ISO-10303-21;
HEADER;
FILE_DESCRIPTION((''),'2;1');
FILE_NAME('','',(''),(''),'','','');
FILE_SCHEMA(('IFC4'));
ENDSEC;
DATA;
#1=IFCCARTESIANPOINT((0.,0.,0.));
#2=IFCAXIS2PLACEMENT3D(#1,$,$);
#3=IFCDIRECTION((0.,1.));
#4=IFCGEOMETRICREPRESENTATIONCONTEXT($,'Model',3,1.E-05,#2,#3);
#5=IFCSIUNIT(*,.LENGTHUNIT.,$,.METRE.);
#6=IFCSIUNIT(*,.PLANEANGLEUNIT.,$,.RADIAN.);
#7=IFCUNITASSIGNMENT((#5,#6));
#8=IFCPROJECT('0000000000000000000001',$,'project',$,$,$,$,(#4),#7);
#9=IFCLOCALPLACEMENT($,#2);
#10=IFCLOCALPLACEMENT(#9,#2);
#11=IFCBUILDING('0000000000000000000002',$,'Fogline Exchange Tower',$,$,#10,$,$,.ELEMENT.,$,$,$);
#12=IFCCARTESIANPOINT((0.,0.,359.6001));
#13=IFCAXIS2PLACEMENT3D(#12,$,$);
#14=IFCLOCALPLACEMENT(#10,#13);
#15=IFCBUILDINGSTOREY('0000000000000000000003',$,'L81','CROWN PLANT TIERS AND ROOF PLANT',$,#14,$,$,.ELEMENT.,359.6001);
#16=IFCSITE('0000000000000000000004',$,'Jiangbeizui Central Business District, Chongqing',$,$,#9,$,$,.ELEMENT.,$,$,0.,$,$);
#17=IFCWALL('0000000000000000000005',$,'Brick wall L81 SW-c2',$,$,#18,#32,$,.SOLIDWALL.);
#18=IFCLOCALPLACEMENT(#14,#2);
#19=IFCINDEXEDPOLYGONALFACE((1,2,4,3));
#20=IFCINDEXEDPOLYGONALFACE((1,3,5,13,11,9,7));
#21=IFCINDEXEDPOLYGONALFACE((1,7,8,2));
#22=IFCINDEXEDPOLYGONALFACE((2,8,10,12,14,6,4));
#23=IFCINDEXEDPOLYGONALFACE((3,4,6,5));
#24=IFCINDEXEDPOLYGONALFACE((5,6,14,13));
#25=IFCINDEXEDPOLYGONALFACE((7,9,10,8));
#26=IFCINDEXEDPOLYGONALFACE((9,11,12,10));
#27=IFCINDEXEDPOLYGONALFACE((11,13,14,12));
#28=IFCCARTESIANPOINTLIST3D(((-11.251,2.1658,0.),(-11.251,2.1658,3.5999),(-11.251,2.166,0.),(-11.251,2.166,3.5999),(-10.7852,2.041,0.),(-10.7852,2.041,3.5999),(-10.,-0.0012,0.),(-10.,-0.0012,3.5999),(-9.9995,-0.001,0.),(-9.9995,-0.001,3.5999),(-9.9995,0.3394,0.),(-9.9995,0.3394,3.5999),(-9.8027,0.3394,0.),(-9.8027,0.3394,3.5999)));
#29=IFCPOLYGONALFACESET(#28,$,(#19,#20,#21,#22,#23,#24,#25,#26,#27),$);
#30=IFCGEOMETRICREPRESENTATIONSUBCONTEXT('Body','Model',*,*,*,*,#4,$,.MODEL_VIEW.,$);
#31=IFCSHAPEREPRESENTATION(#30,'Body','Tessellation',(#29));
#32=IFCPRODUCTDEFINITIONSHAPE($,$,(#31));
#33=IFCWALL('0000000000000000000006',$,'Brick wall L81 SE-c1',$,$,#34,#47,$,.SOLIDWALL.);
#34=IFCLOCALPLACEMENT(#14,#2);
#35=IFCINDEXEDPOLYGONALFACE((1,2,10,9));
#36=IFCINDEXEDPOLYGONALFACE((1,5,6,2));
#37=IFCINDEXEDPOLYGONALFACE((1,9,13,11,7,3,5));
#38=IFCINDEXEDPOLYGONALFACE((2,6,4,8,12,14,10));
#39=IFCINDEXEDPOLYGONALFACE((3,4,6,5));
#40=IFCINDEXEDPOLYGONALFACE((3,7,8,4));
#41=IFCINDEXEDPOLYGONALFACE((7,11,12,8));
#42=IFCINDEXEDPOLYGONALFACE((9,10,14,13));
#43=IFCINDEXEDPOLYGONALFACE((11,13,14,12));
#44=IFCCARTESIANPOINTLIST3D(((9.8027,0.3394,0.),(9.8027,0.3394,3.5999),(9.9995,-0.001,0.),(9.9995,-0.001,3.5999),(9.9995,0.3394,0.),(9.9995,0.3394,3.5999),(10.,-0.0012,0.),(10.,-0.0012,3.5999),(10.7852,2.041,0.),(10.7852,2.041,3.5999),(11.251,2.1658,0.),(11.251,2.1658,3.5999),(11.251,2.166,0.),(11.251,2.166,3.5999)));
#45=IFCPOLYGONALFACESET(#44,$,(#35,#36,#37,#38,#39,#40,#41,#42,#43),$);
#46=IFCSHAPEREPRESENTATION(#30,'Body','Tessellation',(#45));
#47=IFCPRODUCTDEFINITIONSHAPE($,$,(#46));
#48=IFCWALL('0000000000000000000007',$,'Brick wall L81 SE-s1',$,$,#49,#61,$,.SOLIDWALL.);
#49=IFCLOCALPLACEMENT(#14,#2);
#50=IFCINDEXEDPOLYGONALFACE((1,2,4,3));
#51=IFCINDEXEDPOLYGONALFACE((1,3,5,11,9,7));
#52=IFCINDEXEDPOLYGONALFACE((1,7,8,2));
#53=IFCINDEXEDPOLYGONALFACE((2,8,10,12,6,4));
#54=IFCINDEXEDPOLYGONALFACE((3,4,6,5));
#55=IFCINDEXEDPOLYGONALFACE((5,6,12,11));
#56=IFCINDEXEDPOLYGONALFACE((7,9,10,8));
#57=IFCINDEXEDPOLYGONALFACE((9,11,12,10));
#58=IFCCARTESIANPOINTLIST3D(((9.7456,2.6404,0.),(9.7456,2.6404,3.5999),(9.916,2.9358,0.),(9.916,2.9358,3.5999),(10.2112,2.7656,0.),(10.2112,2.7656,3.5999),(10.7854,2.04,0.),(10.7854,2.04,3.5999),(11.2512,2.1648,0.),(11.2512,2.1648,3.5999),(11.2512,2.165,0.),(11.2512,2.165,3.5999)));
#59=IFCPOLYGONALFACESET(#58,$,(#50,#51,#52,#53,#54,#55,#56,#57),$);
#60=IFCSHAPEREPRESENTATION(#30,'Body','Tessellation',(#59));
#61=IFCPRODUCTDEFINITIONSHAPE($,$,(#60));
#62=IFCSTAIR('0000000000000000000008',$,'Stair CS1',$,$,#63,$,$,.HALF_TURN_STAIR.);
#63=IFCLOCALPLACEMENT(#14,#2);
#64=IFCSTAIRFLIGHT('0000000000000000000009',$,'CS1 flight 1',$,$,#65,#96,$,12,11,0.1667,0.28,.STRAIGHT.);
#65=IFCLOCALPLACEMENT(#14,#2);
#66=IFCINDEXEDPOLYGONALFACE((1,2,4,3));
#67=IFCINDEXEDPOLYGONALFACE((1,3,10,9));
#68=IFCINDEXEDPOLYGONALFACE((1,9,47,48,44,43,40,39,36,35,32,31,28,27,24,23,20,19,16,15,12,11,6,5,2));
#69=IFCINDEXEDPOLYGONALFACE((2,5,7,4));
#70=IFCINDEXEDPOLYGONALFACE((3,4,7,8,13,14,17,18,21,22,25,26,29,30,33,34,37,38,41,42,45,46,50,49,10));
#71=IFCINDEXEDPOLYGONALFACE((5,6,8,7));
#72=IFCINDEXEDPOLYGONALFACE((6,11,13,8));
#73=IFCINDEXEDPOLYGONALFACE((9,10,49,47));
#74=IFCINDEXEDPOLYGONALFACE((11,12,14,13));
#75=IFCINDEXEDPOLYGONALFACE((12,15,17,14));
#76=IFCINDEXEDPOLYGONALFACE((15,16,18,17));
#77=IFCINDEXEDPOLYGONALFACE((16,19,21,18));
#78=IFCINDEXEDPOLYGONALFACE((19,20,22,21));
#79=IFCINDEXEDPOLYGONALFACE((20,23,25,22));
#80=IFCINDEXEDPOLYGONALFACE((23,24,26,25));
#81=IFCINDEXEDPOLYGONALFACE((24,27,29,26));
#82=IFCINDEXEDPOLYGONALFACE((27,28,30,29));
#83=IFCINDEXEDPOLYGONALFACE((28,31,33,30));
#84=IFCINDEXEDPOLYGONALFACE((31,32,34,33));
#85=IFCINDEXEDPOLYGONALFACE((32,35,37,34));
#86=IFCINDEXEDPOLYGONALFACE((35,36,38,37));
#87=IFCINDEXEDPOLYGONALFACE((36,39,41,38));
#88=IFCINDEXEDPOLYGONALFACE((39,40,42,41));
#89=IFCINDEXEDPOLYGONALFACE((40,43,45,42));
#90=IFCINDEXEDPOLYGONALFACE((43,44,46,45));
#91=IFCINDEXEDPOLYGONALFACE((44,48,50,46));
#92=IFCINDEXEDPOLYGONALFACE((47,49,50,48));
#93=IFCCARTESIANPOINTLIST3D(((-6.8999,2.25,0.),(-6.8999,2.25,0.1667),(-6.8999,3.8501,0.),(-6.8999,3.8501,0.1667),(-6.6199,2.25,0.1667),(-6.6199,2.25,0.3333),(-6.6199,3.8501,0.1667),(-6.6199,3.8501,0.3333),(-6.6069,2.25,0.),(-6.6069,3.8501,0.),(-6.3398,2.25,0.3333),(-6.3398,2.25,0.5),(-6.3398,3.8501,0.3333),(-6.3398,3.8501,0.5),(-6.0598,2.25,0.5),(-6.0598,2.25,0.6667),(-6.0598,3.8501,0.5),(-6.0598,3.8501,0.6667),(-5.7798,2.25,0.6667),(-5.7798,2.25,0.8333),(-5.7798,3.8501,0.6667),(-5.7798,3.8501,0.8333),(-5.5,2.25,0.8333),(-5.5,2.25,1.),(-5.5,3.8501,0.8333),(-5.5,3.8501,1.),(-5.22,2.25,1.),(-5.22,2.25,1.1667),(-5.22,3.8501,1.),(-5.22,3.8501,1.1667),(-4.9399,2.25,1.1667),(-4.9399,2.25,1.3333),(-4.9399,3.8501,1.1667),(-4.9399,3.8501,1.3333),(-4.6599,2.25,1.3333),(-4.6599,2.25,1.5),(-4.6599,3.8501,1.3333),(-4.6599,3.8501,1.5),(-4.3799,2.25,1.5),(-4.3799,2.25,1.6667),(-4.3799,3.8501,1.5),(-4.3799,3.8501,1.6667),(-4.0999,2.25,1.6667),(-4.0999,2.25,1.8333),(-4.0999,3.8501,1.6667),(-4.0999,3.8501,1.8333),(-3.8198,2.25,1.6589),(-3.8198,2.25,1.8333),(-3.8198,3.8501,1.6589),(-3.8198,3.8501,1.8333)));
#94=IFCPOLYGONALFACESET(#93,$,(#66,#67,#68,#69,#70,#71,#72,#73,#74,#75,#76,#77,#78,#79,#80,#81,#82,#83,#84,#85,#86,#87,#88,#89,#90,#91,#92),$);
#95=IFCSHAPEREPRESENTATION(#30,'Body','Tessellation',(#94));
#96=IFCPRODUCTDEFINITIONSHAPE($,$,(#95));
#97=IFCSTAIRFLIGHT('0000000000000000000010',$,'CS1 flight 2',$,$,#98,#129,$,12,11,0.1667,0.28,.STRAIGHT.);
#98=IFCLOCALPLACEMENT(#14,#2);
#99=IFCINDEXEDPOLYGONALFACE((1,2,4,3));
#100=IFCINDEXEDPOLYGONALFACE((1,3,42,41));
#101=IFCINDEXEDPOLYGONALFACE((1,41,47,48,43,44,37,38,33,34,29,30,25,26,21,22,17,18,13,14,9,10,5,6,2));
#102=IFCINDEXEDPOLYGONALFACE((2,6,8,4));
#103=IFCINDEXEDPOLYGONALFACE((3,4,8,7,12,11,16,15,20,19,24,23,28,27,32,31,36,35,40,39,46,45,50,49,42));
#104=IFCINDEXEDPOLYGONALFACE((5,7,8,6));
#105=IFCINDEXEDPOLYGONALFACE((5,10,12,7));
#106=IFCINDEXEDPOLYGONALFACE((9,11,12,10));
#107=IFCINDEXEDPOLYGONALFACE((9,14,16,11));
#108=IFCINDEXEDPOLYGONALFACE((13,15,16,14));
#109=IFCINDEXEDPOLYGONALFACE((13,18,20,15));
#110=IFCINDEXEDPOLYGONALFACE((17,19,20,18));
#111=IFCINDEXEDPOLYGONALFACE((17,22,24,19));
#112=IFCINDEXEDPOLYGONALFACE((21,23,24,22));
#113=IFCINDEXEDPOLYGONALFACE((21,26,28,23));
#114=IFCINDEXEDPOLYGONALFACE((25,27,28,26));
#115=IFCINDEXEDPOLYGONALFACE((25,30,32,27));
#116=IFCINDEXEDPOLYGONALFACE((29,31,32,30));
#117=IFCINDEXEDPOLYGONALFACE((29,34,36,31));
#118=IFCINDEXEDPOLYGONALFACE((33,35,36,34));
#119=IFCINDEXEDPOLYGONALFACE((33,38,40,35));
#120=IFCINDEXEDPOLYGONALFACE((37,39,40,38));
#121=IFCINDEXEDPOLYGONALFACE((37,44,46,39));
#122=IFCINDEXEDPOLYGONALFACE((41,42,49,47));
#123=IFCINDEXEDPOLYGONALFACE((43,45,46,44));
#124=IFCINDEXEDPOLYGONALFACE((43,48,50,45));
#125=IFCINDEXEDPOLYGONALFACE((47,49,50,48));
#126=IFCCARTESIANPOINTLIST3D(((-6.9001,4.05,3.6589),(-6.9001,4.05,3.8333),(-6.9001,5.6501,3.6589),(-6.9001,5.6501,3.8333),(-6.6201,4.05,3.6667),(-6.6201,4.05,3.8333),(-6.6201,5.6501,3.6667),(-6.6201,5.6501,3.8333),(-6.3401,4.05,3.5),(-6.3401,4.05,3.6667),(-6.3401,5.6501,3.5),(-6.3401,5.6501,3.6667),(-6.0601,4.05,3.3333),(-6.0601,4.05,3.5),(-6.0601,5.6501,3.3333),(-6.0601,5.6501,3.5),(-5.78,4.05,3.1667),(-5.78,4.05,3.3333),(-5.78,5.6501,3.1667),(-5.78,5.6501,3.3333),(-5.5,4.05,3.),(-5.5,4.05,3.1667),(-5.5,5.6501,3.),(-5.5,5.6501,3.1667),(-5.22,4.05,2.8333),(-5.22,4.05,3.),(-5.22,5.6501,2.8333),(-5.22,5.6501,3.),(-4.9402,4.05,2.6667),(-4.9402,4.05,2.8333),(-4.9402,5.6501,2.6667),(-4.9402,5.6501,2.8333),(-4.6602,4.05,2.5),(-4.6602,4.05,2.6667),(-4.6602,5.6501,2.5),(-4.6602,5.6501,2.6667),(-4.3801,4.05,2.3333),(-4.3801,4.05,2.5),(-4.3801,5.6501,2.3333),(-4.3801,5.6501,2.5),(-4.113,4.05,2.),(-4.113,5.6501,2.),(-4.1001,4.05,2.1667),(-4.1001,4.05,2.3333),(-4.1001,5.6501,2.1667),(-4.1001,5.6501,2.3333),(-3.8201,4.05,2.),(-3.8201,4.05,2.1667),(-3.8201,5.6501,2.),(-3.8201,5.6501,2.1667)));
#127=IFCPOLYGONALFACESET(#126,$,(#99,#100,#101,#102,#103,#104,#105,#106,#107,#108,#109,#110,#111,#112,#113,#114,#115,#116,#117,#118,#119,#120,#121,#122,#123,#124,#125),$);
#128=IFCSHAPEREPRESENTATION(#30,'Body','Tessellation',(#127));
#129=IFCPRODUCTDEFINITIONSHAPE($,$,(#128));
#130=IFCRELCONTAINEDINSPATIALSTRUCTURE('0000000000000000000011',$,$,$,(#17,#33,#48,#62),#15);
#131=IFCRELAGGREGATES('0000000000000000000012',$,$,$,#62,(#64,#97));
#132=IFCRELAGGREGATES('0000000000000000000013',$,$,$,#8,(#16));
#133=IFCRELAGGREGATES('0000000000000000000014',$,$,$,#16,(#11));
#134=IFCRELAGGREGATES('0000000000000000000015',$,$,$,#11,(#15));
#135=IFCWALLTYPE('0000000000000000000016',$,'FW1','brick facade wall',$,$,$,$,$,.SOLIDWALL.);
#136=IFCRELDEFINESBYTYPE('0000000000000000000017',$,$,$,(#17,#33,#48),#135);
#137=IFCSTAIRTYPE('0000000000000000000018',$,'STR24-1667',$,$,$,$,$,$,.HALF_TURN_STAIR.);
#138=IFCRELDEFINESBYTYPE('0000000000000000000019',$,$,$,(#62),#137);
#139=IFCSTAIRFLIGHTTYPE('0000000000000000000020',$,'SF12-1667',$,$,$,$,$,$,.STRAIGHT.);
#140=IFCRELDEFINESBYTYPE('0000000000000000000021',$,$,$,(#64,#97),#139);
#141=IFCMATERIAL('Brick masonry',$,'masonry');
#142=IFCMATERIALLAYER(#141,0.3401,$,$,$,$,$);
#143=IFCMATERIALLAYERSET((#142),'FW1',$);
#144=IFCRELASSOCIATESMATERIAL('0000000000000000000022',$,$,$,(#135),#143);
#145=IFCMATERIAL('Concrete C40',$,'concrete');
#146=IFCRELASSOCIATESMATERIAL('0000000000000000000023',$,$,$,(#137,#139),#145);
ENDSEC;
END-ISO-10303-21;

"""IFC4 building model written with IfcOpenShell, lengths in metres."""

from ifc_helpers import new_model, si_unit, direction, frame, origin, place, context, subcontext, project, spatial, polyline, outline, extrude, material, layer, layer_set, type_object, element, aggregate, save


model = new_model("IFC4")

# Units and contexts
model_context = context("Model", 3, precision=1e-05, world=origin(), true_north=direction((0.0, 1.0)))
body_context = subcontext(model_context, "Body", "Model", "MODEL_VIEW")
ifc_project = project(units=[si_unit("LENGTHUNIT", "METRE"), si_unit("PLANEANGLEUNIT", "RADIAN")], contexts=[model_context])

# Site, building, storey
site_placement = place(None, origin())
site = spatial("IfcSite", under=ifc_project, at=site_placement, Name="Jiangbeizui Central Business District, Chongqing", CompositionType="ELEMENT", RefElevation=0.0)
building_placement = place(site_placement, origin())
building = spatial("IfcBuilding", under=site, at=building_placement, Name="Fogline Exchange Tower", CompositionType="ELEMENT")
storey_placement = place(building_placement, frame((0.0, 0.0, 359.6001)))
storey = spatial("IfcBuildingStorey", under=building, at=storey_placement, Name="L81", Description="CROWN PLANT TIERS AND ROOF PLANT", CompositionType="ELEMENT", Elevation=359.6001)

# Shared definitions
ifc_material_1 = material(Name="Concrete C40", Category="concrete")

# Walls
ifc_material_2 = material(Name="Brick masonry", Category="masonry")
ifc_layer_1 = layer(ifc_material_2, 0.3401)
ifc_layer_set_1 = layer_set([ifc_layer_1], Name="FW1")
wall_type_1 = type_object("IfcWallType", Name="FW1", Description="brick facade wall", PredefinedType="SOLIDWALL", material=ifc_layer_set_1)
wall_1_placement = place(storey_placement, origin())
element("IfcWall", 1, at=wall_1_placement, inside=storey, type_object=wall_type_1, Name="Brick wall L81 SW-c2", PredefinedType="SOLIDWALL", context=body_context, shape_type="SweptSolid", body=[
    extrude(outline(polyline([(-9.8027, 0.3394), (-9.9995, 0.3394), (-9.9995, -0.001), (-10.0, -0.0012), (-11.251, 2.1658), (-11.251, 2.166), (-10.7852, 2.041), (-9.8027, 0.3394)])), origin(), (0.0, 0.0, 1.0), 3.5999),
])
wall_2_placement = place(storey_placement, origin())
element("IfcWall", 2, at=wall_2_placement, inside=storey, type_object=wall_type_1, Name="Brick wall L81 SE-c1", PredefinedType="SOLIDWALL", context=body_context, shape_type="SweptSolid", body=[
    extrude(outline(polyline([(11.251, 2.1658), (10.0, -0.0012), (9.9995, -0.001), (9.9995, 0.3394), (9.8027, 0.3394), (10.7852, 2.041), (11.251, 2.166), (11.251, 2.1658)])), origin(), (0.0, 0.0, 1.0), 3.5999),
])
wall_3_placement = place(storey_placement, origin())
element("IfcWall", 3, at=wall_3_placement, inside=storey, type_object=wall_type_1, Name="Brick wall L81 SE-s1", PredefinedType="SOLIDWALL", context=body_context, shape_type="SweptSolid", body=[
    extrude(outline(polyline([(9.7456, 2.6404), (9.916, 2.9358), (10.2112, 2.7656), (11.2512, 2.165), (11.2512, 2.1648), (10.7854, 2.04), (9.7456, 2.6404)])), origin(), (0.0, 0.0, 1.0), 3.5999),
])

# Stair, stair flights
stair_type = type_object("IfcStairType", Name="STR24-1667", PredefinedType="HALF_TURN_STAIR", material=ifc_material_1)
stair_placement = place(storey_placement, origin())
stair = element("IfcStair", 4, at=stair_placement, inside=storey, type_object=stair_type, Name="Stair CS1", PredefinedType="HALF_TURN_STAIR")
stair_flight_type = type_object("IfcStairFlightType", Name="SF12-1667", PredefinedType="STRAIGHT", material=ifc_material_1)
stair_flight_1_placement = place(storey_placement, frame((-6.8999, 3.05, 0.0), z_axis=(0.0, 0.0, 1.0), x_axis=(1.0, 0.0, 0.0)))
stair_flight_1 = element("IfcStairFlight", 5, at=stair_flight_1_placement, type_object=stair_flight_type, Name="CS1 flight 1", NumberOfRisers=12, NumberOfTreads=11, PredefinedType="STRAIGHT", RiserHeight=0.1667, TreadLength=0.28, context=body_context, shape_type="SweptSolid", body=[
    extrude(outline(polyline([(0.0, 0.0), (0.0, 0.1667), (0.28, 0.1667), (0.28, 0.3333), (0.5601, 0.3333), (0.5601, 0.5), (0.8401, 0.5), (0.8401, 0.6667), (1.1201, 0.6667), (1.1201, 0.8333), (1.3999, 0.8333), (1.3999, 1.0), (1.6799, 1.0), (1.6799, 1.1667), (1.96, 1.1667), (1.96, 1.3333), (2.24, 1.3333), (2.24, 1.5), (2.52, 1.5), (2.52, 1.6667), (2.8, 1.6667), (2.8, 1.8333), (3.0801, 1.8333), (3.0801, 2.0), (3.0801, 1.6589), (0.293, 0.0), (0.0, 0.0)])), frame((0.0, 0.8, 0.0), z_axis=(0.0, -1.0, 0.0), x_axis=(1.0, 0.0, 0.0)), (0.0, 0.0, 1.0), 1.6001),
])
stair_flight_2_placement = place(storey_placement, frame((-3.8201, 4.8501, 2.0), z_axis=(0.0, 0.0, 1.0), x_axis=(-1.0, 0.0, 0.0)))
stair_flight_2 = element("IfcStairFlight", 6, at=stair_flight_2_placement, type_object=stair_flight_type, Name="CS1 flight 2", NumberOfRisers=12, NumberOfTreads=11, PredefinedType="STRAIGHT", RiserHeight=0.1667, TreadLength=0.28, context=body_context, shape_type="SweptSolid", body=[
    extrude(outline(polyline([(0.0, 0.0), (0.0, 0.1667), (0.28, 0.1667), (0.28, 0.3333), (0.5601, 0.3333), (0.5601, 0.5), (0.8401, 0.5), (0.8401, 0.6667), (1.1201, 0.6667), (1.1201, 0.8333), (1.3999, 0.8333), (1.3999, 1.0), (1.6799, 1.0), (1.6799, 1.1667), (1.96, 1.1667), (1.96, 1.3333), (2.24, 1.3333), (2.24, 1.5), (2.52, 1.5), (2.52, 1.6667), (2.8, 1.6667), (2.8, 1.8333), (3.0801, 1.8333), (3.0801, 2.0), (3.0801, 1.6589), (0.293, 0.0), (0.0, 0.0)])), frame((0.0, 0.8, 0.0), z_axis=(0.0, -1.0, 0.0), x_axis=(1.0, 0.0, 0.0)), (0.0, 0.0, 1.0), 1.6001),
])
aggregate(stair, [stair_flight_1, stair_flight_2])

save(model, "model.ifc")
